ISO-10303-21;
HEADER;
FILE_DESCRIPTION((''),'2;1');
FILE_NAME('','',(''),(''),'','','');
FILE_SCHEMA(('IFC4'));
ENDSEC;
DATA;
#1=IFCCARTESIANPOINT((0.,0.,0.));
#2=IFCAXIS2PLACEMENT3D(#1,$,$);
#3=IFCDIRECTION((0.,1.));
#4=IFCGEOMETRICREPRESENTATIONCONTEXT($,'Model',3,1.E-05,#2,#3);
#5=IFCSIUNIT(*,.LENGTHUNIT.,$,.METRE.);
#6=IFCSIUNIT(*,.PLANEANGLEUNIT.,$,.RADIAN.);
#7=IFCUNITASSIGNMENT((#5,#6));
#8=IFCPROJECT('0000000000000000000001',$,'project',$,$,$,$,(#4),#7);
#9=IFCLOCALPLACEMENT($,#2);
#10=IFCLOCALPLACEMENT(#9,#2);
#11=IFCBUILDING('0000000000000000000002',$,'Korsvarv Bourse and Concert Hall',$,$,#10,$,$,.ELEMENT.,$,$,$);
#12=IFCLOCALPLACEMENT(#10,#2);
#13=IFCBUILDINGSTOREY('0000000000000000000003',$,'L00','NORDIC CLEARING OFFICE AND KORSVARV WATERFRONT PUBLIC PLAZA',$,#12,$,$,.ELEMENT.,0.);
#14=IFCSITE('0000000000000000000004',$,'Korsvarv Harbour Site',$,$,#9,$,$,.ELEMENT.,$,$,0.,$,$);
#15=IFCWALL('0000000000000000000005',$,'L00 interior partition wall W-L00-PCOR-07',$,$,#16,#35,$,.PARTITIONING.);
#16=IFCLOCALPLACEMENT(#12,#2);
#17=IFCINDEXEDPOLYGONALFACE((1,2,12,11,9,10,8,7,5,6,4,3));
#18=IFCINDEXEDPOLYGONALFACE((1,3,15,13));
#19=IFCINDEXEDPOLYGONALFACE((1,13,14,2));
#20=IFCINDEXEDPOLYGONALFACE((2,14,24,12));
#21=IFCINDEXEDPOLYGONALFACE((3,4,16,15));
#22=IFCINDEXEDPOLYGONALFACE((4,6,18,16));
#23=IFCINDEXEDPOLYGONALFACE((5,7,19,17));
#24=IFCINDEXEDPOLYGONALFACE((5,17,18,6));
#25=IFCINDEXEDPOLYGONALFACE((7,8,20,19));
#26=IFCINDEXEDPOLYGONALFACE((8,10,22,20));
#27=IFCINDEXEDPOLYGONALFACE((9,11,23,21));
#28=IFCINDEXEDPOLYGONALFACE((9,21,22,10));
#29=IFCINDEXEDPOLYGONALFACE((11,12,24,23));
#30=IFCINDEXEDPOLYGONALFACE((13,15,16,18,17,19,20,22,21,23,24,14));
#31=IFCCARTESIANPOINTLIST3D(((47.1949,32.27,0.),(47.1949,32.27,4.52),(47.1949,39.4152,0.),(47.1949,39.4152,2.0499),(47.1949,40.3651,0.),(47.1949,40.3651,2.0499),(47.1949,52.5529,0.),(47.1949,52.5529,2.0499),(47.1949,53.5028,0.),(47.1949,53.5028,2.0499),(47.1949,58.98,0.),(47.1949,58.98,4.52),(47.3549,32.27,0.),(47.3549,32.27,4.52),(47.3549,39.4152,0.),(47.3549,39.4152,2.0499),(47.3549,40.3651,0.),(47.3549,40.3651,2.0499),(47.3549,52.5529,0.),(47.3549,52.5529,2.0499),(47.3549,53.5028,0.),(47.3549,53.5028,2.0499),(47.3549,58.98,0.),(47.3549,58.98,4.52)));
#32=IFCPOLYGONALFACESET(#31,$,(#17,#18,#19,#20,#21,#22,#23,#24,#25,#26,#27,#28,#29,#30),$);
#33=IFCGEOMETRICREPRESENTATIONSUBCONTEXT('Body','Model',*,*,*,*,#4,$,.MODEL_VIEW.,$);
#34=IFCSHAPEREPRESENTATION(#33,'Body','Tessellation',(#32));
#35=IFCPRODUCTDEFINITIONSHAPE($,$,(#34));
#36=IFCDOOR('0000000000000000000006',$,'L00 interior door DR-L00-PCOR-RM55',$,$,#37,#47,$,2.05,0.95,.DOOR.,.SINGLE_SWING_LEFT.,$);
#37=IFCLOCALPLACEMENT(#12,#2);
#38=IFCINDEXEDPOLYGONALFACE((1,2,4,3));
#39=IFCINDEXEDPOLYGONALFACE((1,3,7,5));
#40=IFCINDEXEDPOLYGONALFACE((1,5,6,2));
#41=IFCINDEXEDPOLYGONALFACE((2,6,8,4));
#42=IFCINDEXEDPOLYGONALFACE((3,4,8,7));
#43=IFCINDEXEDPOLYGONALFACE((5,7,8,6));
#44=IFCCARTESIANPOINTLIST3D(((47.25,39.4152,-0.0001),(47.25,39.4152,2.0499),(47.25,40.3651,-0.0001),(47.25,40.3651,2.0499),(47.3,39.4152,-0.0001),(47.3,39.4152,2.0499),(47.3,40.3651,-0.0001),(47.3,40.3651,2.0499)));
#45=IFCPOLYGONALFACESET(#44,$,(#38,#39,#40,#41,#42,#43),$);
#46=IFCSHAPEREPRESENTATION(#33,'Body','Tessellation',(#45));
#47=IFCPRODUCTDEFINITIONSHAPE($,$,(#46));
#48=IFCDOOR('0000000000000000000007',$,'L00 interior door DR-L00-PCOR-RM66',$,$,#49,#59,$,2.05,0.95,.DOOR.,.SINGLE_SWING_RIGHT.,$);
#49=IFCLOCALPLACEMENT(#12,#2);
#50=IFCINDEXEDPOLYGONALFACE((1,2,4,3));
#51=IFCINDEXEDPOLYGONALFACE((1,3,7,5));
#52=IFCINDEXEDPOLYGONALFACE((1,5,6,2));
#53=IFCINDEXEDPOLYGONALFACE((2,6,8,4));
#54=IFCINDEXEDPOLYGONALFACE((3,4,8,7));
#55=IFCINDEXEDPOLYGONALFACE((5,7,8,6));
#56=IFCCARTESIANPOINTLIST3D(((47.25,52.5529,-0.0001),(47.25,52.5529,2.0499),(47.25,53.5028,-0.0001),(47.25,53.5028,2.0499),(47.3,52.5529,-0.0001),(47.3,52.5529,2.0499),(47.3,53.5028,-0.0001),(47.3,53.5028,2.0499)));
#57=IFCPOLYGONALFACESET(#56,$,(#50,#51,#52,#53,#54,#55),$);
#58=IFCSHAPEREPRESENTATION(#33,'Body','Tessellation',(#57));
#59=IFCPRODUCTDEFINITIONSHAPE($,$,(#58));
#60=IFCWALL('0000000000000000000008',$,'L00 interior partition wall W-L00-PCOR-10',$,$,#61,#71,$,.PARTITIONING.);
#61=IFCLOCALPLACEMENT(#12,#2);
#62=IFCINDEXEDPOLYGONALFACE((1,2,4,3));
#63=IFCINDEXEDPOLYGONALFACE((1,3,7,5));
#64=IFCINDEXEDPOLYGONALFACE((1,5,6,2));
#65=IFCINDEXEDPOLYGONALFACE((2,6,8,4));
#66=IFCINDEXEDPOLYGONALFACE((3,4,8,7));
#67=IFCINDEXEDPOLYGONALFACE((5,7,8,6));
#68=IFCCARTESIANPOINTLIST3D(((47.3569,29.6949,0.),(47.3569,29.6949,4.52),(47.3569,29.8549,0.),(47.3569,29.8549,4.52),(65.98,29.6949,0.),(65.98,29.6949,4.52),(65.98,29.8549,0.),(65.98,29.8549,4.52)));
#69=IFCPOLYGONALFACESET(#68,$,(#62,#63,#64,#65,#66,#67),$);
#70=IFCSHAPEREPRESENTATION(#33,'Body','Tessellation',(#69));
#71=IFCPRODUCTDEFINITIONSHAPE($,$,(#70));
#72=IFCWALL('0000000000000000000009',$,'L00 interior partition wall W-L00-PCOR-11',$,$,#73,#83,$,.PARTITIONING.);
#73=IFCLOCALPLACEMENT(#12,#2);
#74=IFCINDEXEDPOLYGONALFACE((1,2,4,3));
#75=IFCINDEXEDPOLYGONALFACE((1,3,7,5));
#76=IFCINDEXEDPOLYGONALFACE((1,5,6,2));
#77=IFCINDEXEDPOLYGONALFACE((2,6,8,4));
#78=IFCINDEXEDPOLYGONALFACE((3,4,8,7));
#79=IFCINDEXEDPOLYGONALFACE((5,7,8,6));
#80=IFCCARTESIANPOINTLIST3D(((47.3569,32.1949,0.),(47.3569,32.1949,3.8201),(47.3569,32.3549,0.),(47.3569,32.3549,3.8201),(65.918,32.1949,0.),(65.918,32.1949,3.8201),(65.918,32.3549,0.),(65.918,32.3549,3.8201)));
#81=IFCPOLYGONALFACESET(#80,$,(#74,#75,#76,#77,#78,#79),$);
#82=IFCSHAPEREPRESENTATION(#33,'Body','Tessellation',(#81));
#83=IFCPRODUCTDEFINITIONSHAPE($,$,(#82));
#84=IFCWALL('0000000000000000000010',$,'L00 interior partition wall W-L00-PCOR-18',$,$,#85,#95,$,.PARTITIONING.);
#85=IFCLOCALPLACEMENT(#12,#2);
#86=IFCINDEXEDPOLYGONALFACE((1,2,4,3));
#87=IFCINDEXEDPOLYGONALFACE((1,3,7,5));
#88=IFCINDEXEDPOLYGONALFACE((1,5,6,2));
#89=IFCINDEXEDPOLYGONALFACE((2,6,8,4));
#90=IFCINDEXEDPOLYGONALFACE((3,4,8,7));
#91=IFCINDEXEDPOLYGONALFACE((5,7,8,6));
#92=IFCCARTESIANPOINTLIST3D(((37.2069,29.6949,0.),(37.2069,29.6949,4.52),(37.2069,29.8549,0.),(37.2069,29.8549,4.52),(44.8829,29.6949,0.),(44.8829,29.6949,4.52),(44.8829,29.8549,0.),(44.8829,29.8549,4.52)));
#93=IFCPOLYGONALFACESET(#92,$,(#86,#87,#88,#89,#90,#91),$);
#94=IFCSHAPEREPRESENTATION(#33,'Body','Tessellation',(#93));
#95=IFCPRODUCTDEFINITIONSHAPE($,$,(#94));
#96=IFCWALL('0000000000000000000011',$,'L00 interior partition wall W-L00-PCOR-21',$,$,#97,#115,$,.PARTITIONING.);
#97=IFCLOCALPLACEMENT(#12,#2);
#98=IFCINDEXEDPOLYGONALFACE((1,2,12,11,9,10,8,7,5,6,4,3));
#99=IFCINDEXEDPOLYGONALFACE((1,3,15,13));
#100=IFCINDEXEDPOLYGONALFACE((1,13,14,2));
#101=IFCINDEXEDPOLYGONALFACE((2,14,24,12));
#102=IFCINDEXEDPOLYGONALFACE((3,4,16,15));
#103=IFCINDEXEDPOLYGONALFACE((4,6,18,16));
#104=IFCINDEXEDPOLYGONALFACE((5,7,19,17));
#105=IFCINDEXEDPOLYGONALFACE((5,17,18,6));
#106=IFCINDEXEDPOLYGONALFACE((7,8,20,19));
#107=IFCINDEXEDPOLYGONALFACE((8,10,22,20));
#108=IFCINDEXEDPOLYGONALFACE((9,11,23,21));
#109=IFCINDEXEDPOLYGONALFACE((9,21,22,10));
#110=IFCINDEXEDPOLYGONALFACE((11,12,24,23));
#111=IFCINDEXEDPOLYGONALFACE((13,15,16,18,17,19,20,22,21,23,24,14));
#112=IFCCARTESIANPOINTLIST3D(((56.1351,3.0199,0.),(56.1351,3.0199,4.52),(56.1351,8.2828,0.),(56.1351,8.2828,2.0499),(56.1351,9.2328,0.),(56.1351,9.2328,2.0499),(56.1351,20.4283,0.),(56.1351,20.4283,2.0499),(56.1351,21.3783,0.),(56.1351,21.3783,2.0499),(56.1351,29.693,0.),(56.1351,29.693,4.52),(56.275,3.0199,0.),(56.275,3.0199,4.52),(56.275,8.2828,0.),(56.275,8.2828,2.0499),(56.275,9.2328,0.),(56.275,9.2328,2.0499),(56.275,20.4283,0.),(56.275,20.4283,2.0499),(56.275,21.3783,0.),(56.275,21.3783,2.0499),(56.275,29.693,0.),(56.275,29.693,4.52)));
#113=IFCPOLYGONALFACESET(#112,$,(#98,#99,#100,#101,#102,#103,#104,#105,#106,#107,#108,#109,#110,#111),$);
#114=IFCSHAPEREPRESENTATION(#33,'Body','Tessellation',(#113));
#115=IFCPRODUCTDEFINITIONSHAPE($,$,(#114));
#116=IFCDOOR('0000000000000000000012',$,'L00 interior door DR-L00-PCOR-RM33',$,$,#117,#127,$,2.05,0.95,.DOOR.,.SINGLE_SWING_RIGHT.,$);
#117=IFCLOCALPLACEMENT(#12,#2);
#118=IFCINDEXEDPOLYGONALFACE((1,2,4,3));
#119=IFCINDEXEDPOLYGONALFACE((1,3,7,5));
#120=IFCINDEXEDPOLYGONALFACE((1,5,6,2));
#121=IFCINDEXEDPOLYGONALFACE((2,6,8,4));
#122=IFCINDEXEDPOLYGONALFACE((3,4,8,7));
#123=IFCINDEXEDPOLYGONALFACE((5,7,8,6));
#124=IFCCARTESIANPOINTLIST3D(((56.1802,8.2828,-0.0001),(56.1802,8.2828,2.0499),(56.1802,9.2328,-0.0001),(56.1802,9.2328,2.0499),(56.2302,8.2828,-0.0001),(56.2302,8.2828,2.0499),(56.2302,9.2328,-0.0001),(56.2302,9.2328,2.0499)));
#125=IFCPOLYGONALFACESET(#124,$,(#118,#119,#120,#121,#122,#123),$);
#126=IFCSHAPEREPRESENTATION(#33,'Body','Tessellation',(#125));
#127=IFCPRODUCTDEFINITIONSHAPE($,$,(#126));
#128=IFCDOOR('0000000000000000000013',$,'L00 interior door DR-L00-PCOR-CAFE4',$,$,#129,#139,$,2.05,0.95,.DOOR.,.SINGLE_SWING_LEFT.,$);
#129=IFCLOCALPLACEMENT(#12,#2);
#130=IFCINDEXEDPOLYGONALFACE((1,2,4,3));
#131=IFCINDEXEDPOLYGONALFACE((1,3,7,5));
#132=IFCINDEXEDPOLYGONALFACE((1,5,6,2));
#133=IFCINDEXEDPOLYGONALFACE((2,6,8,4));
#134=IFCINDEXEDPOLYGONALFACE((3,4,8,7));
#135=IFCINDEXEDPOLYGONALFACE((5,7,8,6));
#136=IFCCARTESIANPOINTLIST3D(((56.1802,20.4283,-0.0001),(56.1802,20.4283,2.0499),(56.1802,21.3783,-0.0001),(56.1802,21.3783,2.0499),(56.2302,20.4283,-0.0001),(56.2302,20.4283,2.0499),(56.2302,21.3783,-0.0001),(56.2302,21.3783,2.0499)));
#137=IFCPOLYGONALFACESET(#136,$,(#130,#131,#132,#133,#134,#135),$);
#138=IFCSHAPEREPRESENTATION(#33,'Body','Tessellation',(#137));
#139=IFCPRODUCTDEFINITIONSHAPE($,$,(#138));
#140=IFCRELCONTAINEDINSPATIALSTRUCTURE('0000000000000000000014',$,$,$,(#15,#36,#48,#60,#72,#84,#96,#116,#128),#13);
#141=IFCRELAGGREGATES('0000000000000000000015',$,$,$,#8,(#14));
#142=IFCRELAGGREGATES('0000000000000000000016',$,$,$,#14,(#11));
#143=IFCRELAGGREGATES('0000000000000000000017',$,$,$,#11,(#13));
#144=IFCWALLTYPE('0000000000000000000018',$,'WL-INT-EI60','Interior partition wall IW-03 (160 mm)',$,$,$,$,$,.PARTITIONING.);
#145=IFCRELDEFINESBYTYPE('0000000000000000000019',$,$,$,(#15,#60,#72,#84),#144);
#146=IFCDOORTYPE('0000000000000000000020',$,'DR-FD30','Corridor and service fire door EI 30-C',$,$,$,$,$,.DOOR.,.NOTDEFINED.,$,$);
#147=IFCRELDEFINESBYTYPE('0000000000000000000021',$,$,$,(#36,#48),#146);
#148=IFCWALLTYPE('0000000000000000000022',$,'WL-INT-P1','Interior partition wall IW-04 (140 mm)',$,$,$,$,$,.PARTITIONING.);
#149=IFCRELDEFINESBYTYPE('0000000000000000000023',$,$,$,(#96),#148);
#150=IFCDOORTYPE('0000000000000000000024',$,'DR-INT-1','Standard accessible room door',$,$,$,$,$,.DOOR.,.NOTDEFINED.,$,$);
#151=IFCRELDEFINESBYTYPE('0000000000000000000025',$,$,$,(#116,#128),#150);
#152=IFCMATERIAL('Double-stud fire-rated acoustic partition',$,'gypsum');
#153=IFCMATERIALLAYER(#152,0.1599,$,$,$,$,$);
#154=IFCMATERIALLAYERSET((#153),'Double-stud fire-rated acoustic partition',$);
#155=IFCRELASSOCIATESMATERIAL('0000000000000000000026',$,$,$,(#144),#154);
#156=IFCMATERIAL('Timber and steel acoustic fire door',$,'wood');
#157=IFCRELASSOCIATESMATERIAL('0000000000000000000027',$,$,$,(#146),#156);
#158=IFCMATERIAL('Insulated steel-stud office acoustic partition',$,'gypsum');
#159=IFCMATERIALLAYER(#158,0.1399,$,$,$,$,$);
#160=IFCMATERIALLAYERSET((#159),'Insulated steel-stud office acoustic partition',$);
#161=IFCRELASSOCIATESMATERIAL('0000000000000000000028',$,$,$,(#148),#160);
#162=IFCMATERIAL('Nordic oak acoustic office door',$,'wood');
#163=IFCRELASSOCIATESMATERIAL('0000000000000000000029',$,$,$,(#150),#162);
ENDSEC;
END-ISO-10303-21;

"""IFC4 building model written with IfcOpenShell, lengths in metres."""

from ifc_helpers import new_model, si_unit, direction, frame, frame_2d, origin, place, context, subcontext, project, spatial, rectangle, extrude, material, layer, layer_set, type_object, element, fill, save


model = new_model("IFC4")

# Units and contexts
model_context = context("Model", 3, precision=1e-05, world=origin(), true_north=direction((0.0, 1.0)))
body_context = subcontext(model_context, "Body", "Model", "MODEL_VIEW")
ifc_project = project(units=[si_unit("LENGTHUNIT", "METRE"), si_unit("PLANEANGLEUNIT", "RADIAN")], contexts=[model_context])

# Site, building, storey
site_placement = place(None, origin())
site = spatial("IfcSite", under=ifc_project, at=site_placement, Name="Korsvarv Harbour Site", CompositionType="ELEMENT", RefElevation=0.0)
building_placement = place(site_placement, origin())
building = spatial("IfcBuilding", under=site, at=building_placement, Name="Korsvarv Bourse and Concert Hall", CompositionType="ELEMENT")
storey_placement = place(building_placement, origin())
storey = spatial("IfcBuildingStorey", under=building, at=storey_placement, Name="L00", Description="NORDIC CLEARING OFFICE AND KORSVARV WATERFRONT PUBLIC PLAZA", CompositionType="ELEMENT", Elevation=0.0)

# Shared definitions
ifc_material_1 = material(Name="Double-stud fire-rated acoustic partition", Category="gypsum")
ifc_layer_1 = layer(ifc_material_1, 0.1599)
ifc_layer_set_1 = layer_set([ifc_layer_1], Name="Double-stud fire-rated acoustic partition")
wall_type_1 = type_object("IfcWallType", Name="WL-INT-EI60", Description="Interior partition wall IW-03 (160 mm)", PredefinedType="PARTITIONING", material=ifc_layer_set_1)
ifc_material_2 = material(Name="Timber and steel acoustic fire door", Category="wood")
door_type_1 = type_object("IfcDoorType", Name="DR-FD30", Description="Corridor and service fire door EI 30-C", OperationType="NOTDEFINED", PredefinedType="DOOR", material=ifc_material_2)

# Wall, openings, doors
wall_1_placement = place(storey_placement, frame((47.2749, 32.27, 0.0), z_axis=(0.0, 0.0, 1.0), x_axis=(0.0, 1.0, 0.0)))
wall_1 = element("IfcWall", 1, at=wall_1_placement, inside=storey, type_object=wall_type_1, Name="L00 interior partition wall W-L00-PCOR-07", PredefinedType="PARTITIONING", context=body_context, shape_type="SweptSolid", body=[
    extrude(rectangle(XDim=26.71, YDim=0.1599, at=frame_2d((13.355, 0.0))), origin(), (0.0, 0.0, 1.0), 4.52),
])
opening_1_placement = place(wall_1_placement, frame((7.145, 0.0, 0.0)))
opening_1 = element("IfcOpeningElement", 2, at=opening_1_placement, cuts=wall_1, PredefinedType="OPENING", context=body_context, shape_type="SweptSolid", body=[
    extrude(rectangle(XDim=0.95, YDim=2.05, at=frame_2d((0.4751, 1.0249))), frame((0.0, 0.0898, 0.0), z_axis=(0.0, -1.0, 0.0), x_axis=(1.0, 0.0, 0.0)), (0.0, 0.0, 1.0), 0.1799),
])
opening_2_placement = place(wall_1_placement, frame((20.2827, 0.0, 0.0)))
opening_2 = element("IfcOpeningElement", 3, at=opening_2_placement, cuts=wall_1, PredefinedType="OPENING", context=body_context, shape_type="SweptSolid", body=[
    extrude(rectangle(XDim=0.95, YDim=2.05, at=frame_2d((0.4751, 1.0249))), frame((0.0, 0.0898, 0.0), z_axis=(0.0, -1.0, 0.0), x_axis=(1.0, 0.0, 0.0)), (0.0, 0.0, 1.0), 0.1799),
])
door_1_placement = place(opening_1_placement, origin())
door_1 = element("IfcDoor", 4, at=door_1_placement, inside=storey, type_object=door_type_1, Name="L00 interior door DR-L00-PCOR-RM55", OperationType="SINGLE_SWING_LEFT", OverallHeight=2.05, OverallWidth=0.95, PredefinedType="DOOR", context=body_context, shape_type="SweptSolid", body=[
    extrude(rectangle(XDim=0.95, YDim=2.05, at=frame_2d((0.4751, 1.0249))), frame((0.0, 0.0249, 0.0), z_axis=(0.0, -1.0, 0.0), x_axis=(1.0, 0.0, 0.0)), (0.0, 0.0, 1.0), 0.05),
])
fill(opening_1, door_1)
door_2_placement = place(opening_2_placement, origin())
door_2 = element("IfcDoor", 5, at=door_2_placement, inside=storey, type_object=door_type_1, Name="L00 interior door DR-L00-PCOR-RM66", OperationType="SINGLE_SWING_RIGHT", OverallHeight=2.05, OverallWidth=0.95, PredefinedType="DOOR", context=body_context, shape_type="SweptSolid", body=[
    extrude(rectangle(XDim=0.95, YDim=2.05, at=frame_2d((0.4751, 1.0249))), frame((0.0, 0.0249, 0.0), z_axis=(0.0, -1.0, 0.0), x_axis=(1.0, 0.0, 0.0)), (0.0, 0.0, 1.0), 0.05),
])
fill(opening_2, door_2)

# Walls
wall_2_placement = place(storey_placement, frame((47.3569, 29.7749, 0.0), z_axis=(0.0, 0.0, 1.0), x_axis=(1.0, 0.0, 0.0)))
element("IfcWall", 6, at=wall_2_placement, inside=storey, type_object=wall_type_1, Name="L00 interior partition wall W-L00-PCOR-10", PredefinedType="PARTITIONING", context=body_context, shape_type="SweptSolid", body=[
    extrude(rectangle(XDim=18.623, YDim=0.1599, at=frame_2d((9.3115, 0.0))), origin(), (0.0, 0.0, 1.0), 4.52),
])
wall_3_placement = place(storey_placement, frame((47.3569, 32.2749, 0.0), z_axis=(0.0, 0.0, 1.0), x_axis=(1.0, 0.0, 0.0)))
element("IfcWall", 7, at=wall_3_placement, inside=storey, type_object=wall_type_1, Name="L00 interior partition wall W-L00-PCOR-11", PredefinedType="PARTITIONING", context=body_context, shape_type="SweptSolid", body=[
    extrude(rectangle(XDim=18.561, YDim=0.1599, at=frame_2d((9.2805, 0.0))), origin(), (0.0, 0.0, 1.0), 3.8201),
])
wall_4_placement = place(storey_placement, frame((37.207, 29.7749, 0.0), z_axis=(0.0, 0.0, 1.0), x_axis=(1.0, 0.0, 0.0)))
element("IfcWall", 8, at=wall_4_placement, inside=storey, type_object=wall_type_1, Name="L00 interior partition wall W-L00-PCOR-18", PredefinedType="PARTITIONING", context=body_context, shape_type="SweptSolid", body=[
    extrude(rectangle(XDim=7.676, YDim=0.1599, at=frame_2d((3.8379, 0.0))), origin(), (0.0, 0.0, 1.0), 4.52),
])

# Wall, openings, doors
ifc_material_3 = material(Name="Insulated steel-stud office acoustic partition", Category="gypsum")
ifc_layer_2 = layer(ifc_material_3, 0.1399)
ifc_layer_set_2 = layer_set([ifc_layer_2], Name="Insulated steel-stud office acoustic partition")
wall_type_2 = type_object("IfcWallType", Name="WL-INT-P1", Description="Interior partition wall IW-04 (140 mm)", PredefinedType="PARTITIONING", material=ifc_layer_set_2)
wall_5_placement = place(storey_placement, frame((56.2051, 3.02, 0.0), z_axis=(0.0, 0.0, 1.0), x_axis=(0.0, 1.0, 0.0)))
wall_5 = element("IfcWall", 9, at=wall_5_placement, inside=storey, type_object=wall_type_2, Name="L00 interior partition wall W-L00-PCOR-21", PredefinedType="PARTITIONING", context=body_context, shape_type="SweptSolid", body=[
    extrude(rectangle(XDim=26.6731, YDim=0.1399, at=frame_2d((13.3364, 0.0))), origin(), (0.0, 0.0, 1.0), 4.52),
])
opening_3_placement = place(wall_5_placement, frame((5.2627, 0.0, 0.0)))
opening_3 = element("IfcOpeningElement", 10, at=opening_3_placement, cuts=wall_5, PredefinedType="OPENING", context=body_context, shape_type="SweptSolid", body=[
    extrude(rectangle(XDim=0.95, YDim=2.05, at=frame_2d((0.4751, 1.0249))), frame((0.0, 0.0801, 0.0), z_axis=(0.0, -1.0, 0.0), x_axis=(1.0, 0.0, 0.0)), (0.0, 0.0, 1.0), 0.1599),
])
opening_4_placement = place(wall_5_placement, frame((17.4082, 0.0, 0.0)))
opening_4 = element("IfcOpeningElement", 11, at=opening_4_placement, cuts=wall_5, PredefinedType="OPENING", context=body_context, shape_type="SweptSolid", body=[
    extrude(rectangle(XDim=0.95, YDim=2.05, at=frame_2d((0.4751, 1.0249))), frame((0.0, 0.0801, 0.0), z_axis=(0.0, -1.0, 0.0), x_axis=(1.0, 0.0, 0.0)), (0.0, 0.0, 1.0), 0.1599),
])
ifc_material_4 = material(Name="Nordic oak acoustic office door", Category="wood")
door_type_2 = type_object("IfcDoorType", Name="DR-INT-1", Description="Standard accessible room door", OperationType="NOTDEFINED", PredefinedType="DOOR", material=ifc_material_4)
door_3_placement = place(opening_3_placement, origin())
door_3 = element("IfcDoor", 12, at=door_3_placement, inside=storey, type_object=door_type_2, Name="L00 interior door DR-L00-PCOR-RM33", OperationType="SINGLE_SWING_RIGHT", OverallHeight=2.05, OverallWidth=0.95, PredefinedType="DOOR", context=body_context, shape_type="SweptSolid", body=[
    extrude(rectangle(XDim=0.95, YDim=2.05, at=frame_2d((0.4751, 1.0249))), frame((0.0, 0.0249, 0.0), z_axis=(0.0, -1.0, 0.0), x_axis=(1.0, 0.0, 0.0)), (0.0, 0.0, 1.0), 0.05),
])
fill(opening_3, door_3)
door_4_placement = place(opening_4_placement, origin())
door_4 = element("IfcDoor", 13, at=door_4_placement, inside=storey, type_object=door_type_2, Name="L00 interior door DR-L00-PCOR-CAFE4", OperationType="SINGLE_SWING_LEFT", OverallHeight=2.05, OverallWidth=0.95, PredefinedType="DOOR", context=body_context, shape_type="SweptSolid", body=[
    extrude(rectangle(XDim=0.95, YDim=2.05, at=frame_2d((0.4751, 1.0249))), frame((0.0, 0.0249, 0.0), z_axis=(0.0, -1.0, 0.0), x_axis=(1.0, 0.0, 0.0)), (0.0, 0.0, 1.0), 0.05),
])
fill(opening_4, door_4)

save(model, "model.ifc")
